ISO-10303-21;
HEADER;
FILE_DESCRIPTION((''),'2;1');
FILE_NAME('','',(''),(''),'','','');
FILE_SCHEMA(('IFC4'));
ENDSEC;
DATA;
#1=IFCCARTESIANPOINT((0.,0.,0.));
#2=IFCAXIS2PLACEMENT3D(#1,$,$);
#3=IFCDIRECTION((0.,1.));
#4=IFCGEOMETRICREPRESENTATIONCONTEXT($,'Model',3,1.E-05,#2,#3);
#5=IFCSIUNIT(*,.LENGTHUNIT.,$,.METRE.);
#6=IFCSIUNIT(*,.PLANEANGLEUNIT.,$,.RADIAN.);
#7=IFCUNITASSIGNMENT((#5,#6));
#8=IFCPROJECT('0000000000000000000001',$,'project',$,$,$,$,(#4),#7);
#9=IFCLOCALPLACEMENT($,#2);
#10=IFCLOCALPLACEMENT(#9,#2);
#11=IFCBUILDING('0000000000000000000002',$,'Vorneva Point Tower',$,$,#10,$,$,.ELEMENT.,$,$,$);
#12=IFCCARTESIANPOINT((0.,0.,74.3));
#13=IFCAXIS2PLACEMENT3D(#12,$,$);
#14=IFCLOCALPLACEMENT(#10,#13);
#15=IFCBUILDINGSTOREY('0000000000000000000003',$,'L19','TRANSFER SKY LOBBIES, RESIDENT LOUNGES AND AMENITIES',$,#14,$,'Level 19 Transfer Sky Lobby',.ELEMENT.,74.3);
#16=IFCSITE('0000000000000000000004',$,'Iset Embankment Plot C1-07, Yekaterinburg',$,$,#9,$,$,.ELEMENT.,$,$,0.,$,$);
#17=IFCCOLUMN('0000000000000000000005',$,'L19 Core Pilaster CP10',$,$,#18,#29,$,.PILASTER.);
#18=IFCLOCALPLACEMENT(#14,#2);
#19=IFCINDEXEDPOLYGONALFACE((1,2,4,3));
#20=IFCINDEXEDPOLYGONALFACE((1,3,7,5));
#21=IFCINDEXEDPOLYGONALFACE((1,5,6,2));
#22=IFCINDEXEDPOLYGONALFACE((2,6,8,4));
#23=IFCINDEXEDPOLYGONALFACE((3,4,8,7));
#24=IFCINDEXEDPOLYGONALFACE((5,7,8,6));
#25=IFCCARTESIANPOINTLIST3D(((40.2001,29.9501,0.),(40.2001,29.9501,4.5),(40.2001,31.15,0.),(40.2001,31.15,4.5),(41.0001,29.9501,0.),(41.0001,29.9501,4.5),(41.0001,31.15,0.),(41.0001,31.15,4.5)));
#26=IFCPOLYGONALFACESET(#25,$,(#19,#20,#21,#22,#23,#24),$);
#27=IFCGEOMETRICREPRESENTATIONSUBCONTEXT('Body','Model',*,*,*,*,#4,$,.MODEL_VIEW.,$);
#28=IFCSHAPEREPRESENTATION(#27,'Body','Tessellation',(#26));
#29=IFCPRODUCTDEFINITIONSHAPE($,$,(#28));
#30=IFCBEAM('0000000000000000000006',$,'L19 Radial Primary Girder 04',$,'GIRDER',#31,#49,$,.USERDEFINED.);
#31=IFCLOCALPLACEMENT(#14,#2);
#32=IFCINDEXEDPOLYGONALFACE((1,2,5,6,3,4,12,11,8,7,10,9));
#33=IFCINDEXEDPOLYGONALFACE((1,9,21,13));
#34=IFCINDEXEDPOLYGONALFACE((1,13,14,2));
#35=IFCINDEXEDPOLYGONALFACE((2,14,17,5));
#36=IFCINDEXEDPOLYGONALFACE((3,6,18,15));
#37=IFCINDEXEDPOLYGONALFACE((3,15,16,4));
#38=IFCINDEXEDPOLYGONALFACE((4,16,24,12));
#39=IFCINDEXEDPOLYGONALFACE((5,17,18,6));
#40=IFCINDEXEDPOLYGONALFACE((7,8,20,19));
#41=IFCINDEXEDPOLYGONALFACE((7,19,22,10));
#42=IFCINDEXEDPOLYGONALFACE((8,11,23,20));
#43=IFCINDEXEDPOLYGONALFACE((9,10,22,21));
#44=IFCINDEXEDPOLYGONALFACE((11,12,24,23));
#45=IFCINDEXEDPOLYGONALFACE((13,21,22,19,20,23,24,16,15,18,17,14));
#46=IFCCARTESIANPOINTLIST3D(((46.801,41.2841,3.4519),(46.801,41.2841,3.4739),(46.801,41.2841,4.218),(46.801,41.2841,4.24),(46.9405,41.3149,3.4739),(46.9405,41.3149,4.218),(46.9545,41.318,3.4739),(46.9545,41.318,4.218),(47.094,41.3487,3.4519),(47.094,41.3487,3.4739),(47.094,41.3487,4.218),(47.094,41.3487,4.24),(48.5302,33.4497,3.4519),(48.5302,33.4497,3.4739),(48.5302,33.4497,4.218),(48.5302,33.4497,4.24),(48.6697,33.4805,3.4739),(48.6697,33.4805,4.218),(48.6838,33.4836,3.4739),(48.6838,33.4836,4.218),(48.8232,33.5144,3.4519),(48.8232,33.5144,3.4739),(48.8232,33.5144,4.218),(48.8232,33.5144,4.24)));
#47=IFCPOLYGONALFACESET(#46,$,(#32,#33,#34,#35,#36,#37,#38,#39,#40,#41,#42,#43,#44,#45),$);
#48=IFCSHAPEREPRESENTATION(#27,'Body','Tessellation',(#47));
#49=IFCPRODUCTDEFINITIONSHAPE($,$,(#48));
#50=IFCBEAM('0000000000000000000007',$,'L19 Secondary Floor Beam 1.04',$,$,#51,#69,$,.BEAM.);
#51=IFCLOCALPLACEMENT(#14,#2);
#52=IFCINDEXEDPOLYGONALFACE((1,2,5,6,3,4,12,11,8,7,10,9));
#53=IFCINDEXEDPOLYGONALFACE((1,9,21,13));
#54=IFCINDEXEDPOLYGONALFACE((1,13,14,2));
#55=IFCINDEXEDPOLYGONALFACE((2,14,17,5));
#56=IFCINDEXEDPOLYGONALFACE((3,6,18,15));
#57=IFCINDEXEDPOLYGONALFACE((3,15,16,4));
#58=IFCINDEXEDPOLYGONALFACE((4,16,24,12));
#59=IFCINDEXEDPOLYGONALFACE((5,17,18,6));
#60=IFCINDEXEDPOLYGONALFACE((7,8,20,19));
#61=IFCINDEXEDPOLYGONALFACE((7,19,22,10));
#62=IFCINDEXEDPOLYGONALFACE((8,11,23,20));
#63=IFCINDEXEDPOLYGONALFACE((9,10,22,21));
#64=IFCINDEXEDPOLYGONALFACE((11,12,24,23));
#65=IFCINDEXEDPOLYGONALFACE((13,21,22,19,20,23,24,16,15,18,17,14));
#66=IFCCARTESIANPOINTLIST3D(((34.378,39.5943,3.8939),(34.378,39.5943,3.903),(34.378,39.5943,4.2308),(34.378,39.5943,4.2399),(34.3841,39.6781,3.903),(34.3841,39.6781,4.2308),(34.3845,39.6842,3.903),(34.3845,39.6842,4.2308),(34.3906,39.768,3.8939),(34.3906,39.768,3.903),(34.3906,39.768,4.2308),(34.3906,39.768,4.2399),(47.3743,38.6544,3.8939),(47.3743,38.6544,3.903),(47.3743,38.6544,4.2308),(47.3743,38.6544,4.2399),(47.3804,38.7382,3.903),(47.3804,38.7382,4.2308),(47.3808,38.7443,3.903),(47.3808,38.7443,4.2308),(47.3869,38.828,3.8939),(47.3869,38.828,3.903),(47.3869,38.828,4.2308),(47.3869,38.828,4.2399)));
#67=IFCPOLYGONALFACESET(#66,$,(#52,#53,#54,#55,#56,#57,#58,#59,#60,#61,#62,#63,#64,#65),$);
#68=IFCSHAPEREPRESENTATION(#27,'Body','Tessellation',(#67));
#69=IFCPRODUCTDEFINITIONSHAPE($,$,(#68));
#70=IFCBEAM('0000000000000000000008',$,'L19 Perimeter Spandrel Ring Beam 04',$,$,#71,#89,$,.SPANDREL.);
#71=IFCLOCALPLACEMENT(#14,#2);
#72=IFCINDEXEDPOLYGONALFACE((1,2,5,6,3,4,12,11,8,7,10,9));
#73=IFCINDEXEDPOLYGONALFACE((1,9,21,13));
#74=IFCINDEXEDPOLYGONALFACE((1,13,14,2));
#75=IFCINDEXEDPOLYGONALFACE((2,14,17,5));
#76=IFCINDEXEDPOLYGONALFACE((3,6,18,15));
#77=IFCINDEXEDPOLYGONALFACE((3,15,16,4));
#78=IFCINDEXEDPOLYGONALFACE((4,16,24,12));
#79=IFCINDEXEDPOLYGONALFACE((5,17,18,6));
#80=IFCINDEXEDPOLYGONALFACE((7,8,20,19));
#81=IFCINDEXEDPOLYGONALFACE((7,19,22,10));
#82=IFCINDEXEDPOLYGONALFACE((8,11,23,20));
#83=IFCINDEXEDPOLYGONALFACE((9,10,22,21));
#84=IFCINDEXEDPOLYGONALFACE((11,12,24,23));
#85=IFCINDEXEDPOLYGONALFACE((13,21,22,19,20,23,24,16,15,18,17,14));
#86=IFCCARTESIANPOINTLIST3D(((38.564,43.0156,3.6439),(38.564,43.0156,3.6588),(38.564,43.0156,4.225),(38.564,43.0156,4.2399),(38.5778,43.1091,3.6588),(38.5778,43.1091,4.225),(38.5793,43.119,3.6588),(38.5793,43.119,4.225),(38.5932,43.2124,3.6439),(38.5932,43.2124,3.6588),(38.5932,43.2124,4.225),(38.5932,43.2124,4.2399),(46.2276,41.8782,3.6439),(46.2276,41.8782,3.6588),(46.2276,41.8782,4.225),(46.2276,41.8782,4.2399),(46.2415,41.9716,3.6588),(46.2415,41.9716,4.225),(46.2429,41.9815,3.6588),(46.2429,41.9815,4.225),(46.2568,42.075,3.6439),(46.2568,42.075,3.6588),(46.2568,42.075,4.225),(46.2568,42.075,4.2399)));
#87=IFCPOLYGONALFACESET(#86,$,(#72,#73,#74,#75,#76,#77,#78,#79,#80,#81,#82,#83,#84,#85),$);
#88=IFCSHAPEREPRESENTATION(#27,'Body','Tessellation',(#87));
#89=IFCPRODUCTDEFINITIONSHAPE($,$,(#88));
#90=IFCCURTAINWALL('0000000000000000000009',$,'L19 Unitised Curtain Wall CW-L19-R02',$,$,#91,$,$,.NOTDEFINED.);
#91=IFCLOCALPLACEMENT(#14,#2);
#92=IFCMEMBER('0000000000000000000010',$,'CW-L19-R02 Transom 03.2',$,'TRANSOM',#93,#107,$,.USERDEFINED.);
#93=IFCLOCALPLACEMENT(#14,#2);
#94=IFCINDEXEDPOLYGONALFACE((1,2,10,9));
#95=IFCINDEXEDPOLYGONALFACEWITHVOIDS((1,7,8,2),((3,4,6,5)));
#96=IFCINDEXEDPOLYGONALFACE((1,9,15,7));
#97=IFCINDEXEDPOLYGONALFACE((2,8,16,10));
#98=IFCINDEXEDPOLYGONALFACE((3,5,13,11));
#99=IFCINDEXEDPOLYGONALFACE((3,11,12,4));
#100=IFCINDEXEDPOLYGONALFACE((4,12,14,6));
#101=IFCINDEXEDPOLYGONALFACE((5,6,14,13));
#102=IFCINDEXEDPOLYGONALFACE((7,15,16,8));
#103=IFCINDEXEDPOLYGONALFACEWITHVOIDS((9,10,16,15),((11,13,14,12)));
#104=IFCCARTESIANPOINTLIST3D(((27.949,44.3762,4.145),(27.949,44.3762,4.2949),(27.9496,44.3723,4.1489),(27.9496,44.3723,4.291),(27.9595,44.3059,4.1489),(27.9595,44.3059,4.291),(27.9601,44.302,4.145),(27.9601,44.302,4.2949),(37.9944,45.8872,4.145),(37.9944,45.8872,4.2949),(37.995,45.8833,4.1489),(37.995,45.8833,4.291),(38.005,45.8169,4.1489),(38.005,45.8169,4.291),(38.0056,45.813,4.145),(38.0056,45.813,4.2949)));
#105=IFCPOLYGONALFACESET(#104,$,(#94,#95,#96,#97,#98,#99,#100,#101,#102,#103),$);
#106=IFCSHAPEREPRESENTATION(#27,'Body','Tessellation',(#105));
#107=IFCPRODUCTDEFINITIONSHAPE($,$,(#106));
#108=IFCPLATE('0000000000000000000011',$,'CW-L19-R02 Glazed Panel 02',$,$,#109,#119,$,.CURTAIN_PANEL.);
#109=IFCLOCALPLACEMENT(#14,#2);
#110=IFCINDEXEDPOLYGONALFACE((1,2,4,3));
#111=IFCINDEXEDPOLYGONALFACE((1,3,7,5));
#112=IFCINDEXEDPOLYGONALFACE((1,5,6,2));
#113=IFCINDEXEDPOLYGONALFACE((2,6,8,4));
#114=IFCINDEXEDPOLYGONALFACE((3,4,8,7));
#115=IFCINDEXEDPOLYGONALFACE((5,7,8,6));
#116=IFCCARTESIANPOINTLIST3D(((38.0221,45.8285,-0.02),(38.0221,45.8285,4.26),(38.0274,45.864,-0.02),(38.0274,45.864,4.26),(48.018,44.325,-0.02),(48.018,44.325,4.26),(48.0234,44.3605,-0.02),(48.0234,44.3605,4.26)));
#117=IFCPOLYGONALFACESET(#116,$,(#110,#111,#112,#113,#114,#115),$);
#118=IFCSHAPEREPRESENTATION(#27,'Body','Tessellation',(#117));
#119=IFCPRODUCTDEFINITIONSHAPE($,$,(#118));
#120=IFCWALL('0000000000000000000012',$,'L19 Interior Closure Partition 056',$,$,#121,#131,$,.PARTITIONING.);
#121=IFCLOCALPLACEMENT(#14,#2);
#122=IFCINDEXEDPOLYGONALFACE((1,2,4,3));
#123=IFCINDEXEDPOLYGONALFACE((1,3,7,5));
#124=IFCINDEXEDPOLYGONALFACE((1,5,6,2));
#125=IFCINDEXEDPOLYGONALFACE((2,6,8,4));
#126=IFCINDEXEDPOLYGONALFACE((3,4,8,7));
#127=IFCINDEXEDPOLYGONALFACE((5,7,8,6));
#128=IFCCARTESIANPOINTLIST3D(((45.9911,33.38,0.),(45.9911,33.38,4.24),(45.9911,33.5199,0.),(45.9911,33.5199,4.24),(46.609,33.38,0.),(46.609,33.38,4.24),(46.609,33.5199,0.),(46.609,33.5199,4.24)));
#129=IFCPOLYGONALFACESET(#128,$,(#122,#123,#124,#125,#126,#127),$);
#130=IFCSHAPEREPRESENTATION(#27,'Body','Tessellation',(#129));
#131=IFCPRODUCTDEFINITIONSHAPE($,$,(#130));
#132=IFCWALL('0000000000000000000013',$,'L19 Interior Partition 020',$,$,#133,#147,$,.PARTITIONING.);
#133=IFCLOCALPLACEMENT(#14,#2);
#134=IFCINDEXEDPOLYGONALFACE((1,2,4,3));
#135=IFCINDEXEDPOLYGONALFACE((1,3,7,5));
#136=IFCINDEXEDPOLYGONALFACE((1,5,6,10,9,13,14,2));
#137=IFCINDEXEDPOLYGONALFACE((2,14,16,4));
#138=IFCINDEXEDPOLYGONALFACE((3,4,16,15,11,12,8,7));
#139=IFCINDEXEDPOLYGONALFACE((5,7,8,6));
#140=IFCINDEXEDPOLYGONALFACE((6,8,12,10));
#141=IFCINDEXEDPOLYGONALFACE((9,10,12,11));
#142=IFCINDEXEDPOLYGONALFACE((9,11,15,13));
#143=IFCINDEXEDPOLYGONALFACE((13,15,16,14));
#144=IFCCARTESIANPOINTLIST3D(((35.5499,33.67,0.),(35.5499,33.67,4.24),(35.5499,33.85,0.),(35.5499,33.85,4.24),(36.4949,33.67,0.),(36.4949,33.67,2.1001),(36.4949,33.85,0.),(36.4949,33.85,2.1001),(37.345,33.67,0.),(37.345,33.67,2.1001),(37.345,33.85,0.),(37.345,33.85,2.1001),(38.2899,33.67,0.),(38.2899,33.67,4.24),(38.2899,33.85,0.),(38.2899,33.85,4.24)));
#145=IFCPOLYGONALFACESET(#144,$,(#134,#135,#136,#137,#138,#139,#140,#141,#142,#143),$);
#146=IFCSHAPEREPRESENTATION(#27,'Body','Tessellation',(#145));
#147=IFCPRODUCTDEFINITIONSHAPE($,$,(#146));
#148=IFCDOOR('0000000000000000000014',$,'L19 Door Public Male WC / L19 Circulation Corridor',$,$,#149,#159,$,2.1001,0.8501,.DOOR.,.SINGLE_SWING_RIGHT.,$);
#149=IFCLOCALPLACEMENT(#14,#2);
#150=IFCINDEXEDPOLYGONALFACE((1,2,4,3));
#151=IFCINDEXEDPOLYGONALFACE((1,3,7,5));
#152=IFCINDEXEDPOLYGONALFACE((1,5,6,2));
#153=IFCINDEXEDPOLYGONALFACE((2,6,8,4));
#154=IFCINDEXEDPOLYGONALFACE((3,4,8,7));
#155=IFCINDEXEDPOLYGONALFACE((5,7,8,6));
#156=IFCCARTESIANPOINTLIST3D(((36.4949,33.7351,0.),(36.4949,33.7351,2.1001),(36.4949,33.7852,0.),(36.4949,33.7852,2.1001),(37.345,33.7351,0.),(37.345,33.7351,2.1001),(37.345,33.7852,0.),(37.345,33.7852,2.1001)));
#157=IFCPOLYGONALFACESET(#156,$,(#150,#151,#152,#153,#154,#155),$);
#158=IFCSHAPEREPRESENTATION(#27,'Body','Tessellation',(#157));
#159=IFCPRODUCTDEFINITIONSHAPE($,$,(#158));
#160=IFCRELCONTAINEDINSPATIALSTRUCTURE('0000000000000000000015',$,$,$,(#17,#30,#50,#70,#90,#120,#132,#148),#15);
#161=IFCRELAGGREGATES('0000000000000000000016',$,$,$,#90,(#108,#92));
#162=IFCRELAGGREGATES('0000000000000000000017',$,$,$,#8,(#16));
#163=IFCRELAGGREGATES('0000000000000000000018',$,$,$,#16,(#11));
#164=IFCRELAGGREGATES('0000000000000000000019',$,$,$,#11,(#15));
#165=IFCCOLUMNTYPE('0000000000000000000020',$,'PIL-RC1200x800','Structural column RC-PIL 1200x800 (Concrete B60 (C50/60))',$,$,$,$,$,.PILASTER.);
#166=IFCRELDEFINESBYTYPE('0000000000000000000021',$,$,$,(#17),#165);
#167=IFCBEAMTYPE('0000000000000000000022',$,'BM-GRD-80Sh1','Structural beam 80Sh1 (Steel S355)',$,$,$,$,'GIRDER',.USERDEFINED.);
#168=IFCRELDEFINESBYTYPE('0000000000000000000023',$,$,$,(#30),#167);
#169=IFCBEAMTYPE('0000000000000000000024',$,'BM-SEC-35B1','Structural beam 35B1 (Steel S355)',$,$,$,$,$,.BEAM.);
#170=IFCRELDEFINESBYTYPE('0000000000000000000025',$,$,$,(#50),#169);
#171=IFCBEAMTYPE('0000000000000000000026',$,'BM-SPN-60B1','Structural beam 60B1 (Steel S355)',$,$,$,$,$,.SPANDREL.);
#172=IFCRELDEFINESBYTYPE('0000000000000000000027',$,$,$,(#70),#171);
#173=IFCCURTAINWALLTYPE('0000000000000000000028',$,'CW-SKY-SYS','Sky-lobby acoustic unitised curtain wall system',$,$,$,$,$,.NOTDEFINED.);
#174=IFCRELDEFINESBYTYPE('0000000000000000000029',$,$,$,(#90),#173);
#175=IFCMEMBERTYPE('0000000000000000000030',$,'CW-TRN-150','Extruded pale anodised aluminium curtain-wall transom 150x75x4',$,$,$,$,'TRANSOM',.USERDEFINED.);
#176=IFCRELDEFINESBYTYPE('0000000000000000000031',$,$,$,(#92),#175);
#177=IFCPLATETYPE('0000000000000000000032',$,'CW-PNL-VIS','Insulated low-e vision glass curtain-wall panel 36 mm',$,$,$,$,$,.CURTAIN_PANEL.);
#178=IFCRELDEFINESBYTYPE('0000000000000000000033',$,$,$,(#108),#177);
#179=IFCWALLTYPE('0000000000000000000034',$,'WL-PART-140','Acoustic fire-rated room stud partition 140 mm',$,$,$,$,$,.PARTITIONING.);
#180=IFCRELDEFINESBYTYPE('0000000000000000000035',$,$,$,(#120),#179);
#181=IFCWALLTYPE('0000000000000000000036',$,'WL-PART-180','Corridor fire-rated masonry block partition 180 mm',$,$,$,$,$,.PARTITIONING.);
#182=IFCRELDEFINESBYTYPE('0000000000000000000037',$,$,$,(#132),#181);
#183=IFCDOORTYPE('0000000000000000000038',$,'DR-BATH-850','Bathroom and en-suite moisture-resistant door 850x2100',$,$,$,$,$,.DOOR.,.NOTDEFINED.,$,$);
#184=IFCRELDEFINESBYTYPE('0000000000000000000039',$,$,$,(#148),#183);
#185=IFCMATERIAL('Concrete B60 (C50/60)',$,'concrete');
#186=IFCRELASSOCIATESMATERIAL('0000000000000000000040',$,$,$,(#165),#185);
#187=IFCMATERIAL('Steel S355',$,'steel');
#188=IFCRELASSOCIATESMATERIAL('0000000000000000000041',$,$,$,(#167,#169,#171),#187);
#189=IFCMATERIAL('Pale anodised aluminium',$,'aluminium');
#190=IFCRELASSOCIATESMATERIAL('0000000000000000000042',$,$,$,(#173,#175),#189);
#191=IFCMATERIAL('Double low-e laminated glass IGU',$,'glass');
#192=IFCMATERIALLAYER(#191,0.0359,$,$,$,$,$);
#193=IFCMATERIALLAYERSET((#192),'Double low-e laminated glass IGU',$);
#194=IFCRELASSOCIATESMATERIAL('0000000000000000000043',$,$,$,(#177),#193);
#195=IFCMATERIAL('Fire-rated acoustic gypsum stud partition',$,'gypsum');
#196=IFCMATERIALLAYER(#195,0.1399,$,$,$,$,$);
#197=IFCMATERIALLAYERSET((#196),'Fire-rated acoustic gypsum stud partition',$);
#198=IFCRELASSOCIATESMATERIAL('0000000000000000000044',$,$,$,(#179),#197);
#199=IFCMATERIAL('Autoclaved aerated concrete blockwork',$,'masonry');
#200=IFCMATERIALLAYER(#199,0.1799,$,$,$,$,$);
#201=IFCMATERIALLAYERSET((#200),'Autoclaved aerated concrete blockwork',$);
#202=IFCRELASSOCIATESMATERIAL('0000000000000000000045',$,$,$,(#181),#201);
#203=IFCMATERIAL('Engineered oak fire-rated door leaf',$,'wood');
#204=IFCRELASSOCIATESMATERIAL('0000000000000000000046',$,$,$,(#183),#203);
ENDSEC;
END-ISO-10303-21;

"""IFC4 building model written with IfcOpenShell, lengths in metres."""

from ifc_helpers import new_model, si_unit, direction, frame, frame_2d, origin, origin_2d, place, context, subcontext, project, spatial, rectangle, hollow_rectangle, i_section, extrude, material, layer, layer_set, material_profile, profile_set, type_object, element, fill, aggregate, save


model = new_model("IFC4")

# Units and contexts
model_context = context("Model", 3, precision=1e-05, world=origin(), true_north=direction((0.0, 1.0)))
body_context = subcontext(model_context, "Body", "Model", "MODEL_VIEW")
ifc_project = project(units=[si_unit("LENGTHUNIT", "METRE"), si_unit("PLANEANGLEUNIT", "RADIAN")], contexts=[model_context])

# Site, building, storey
site_placement = place(None, origin())
site = spatial("IfcSite", under=ifc_project, at=site_placement, Name="Iset Embankment Plot C1-07, Yekaterinburg", CompositionType="ELEMENT", RefElevation=0.0)
building_placement = place(site_placement, origin())
building = spatial("IfcBuilding", under=site, at=building_placement, Name="Vorneva Point Tower", CompositionType="ELEMENT")
storey_placement = place(building_placement, frame((0.0, 0.0, 74.3)))
storey = spatial("IfcBuildingStorey", under=building, at=storey_placement, Name="L19", Description="TRANSFER SKY LOBBIES, RESIDENT LOUNGES AND AMENITIES", LongName="Level 19 Transfer Sky Lobby", CompositionType="ELEMENT", Elevation=74.3)

# Column
ifc_material_1 = material(Name="Concrete B60 (C50/60)", Category="concrete")
ifc_material_profile_1 = material_profile(ifc_material_1, rectangle(XDim=0.8, YDim=1.2, at=origin_2d()), Name="RC-PIL 1200x800")
ifc_profile_set_1 = profile_set([ifc_material_profile_1], Name="Concrete B60 (C50/60)")
column_type_1 = type_object("IfcColumnType", Name="PIL-RC1200x800", Description="Structural column RC-PIL 1200x800 (Concrete B60 (C50/60))", PredefinedType="PILASTER", material=ifc_profile_set_1)
column_1_placement = place(storey_placement, frame((40.6001, 30.55, 0.0), z_axis=(0.0, 0.0, 1.0), x_axis=(1.0, 0.0, 0.0)))
element("IfcColumn", 1, at=column_1_placement, inside=storey, type_object=column_type_1, Name="L19 Core Pilaster CP10", PredefinedType="PILASTER", context=body_context, shape_type="SweptSolid", body=[
    extrude(rectangle(XDim=0.8, YDim=1.2, at=origin_2d()), origin(), (0.0, 0.0, 1.0), 4.5),
])

# Beams
ifc_material_2 = material(Name="Steel S355", Category="steel")
ifc_material_profile_2 = material_profile(ifc_material_2, i_section(OverallWidth=0.3, OverallDepth=0.7881, WebThickness=0.0144, FlangeThickness=0.022, at=origin_2d()), Name="80Sh1")
ifc_profile_set_2 = profile_set([ifc_material_profile_2], Name="Steel S355")
beam_type_1 = type_object("IfcBeamType", Name="BM-GRD-80Sh1", Description="Structural beam 80Sh1 (Steel S355)", ElementType="GIRDER", PredefinedType="USERDEFINED", material=ifc_profile_set_2)
beam_1_placement = place(storey_placement, frame((46.9475, 41.3164, 3.8459), z_axis=(0.215535, -0.976496, 0.0), x_axis=(0.976496, 0.215535, 0.0)))
element("IfcBeam", 2, at=beam_1_placement, inside=storey, type_object=beam_type_1, Name="L19 Radial Primary Girder 04", ObjectType="GIRDER", PredefinedType="USERDEFINED", context=body_context, shape_type="SweptSolid", body=[
    extrude(i_section(OverallWidth=0.3, OverallDepth=0.7881, WebThickness=0.0144, FlangeThickness=0.022, at=origin_2d()), origin(), (0.0, 0.0, 1.0), 8.0229),
])
ifc_material_profile_3 = material_profile(ifc_material_2, i_section(OverallWidth=0.1741, OverallDepth=0.3459, WebThickness=0.0061, FlangeThickness=0.009, at=origin_2d()), Name="35B1")
ifc_profile_set_3 = profile_set([ifc_material_profile_3], Name="Steel S355")
beam_type_2 = type_object("IfcBeamType", Name="BM-SEC-35B1", Description="Structural beam 35B1 (Steel S355)", PredefinedType="BEAM", material=ifc_profile_set_3)
beam_2_placement = place(storey_placement, frame((47.3806, 38.7412, 4.0669), z_axis=(-0.997395, 0.072135, 0.0), x_axis=(-0.072135, -0.997395, 0.0)))
element("IfcBeam", 3, at=beam_2_placement, inside=storey, type_object=beam_type_2, Name="L19 Secondary Floor Beam 1.04", PredefinedType="BEAM", context=body_context, shape_type="SweptSolid", body=[
    extrude(i_section(OverallWidth=0.1741, OverallDepth=0.3459, WebThickness=0.0061, FlangeThickness=0.009, at=origin_2d()), origin(), (0.0, 0.0, 1.0), 13.0303),
])
ifc_material_profile_4 = material_profile(ifc_material_2, i_section(OverallWidth=0.199, OverallDepth=0.5959, WebThickness=0.01, FlangeThickness=0.0149, at=origin_2d()), Name="60B1")
ifc_profile_set_4 = profile_set([ifc_material_profile_4], Name="Steel S355")
beam_type_3 = type_object("IfcBeamType", Name="BM-SPN-60B1", Description="Structural beam 60B1 (Steel S355)", PredefinedType="SPANDREL", material=ifc_profile_set_4)
beam_3_placement = place(storey_placement, frame((46.2422, 41.9766, 3.9419), z_axis=(-0.989164, 0.146815, 0.0), x_axis=(-0.146815, -0.989164, 0.0)))
element("IfcBeam", 4, at=beam_3_placement, inside=storey, type_object=beam_type_3, Name="L19 Perimeter Spandrel Ring Beam 04", PredefinedType="SPANDREL", context=body_context, shape_type="SweptSolid", body=[
    extrude(i_section(OverallWidth=0.199, OverallDepth=0.5959, WebThickness=0.01, FlangeThickness=0.0149, at=origin_2d()), origin(), (0.0, 0.0, 1.0), 7.7476),
])

# Curtain wall, member, plate
ifc_material_3 = material(Name="Pale anodised aluminium", Category="aluminium")
curtain_wall_type = type_object("IfcCurtainWallType", Name="CW-SKY-SYS", Description="Sky-lobby acoustic unitised curtain wall system", PredefinedType="NOTDEFINED", material=ifc_material_3)
curtain_wall_placement = place(storey_placement, origin())
curtain_wall = element("IfcCurtainWall", 5, at=curtain_wall_placement, inside=storey, type_object=curtain_wall_type, Name="L19 Unitised Curtain Wall CW-L19-R02", PredefinedType="NOTDEFINED")
ifc_material_profile_5 = material_profile(ifc_material_3, hollow_rectangle(XDim=0.075, YDim=0.1499, WallThickness=0.0039, at=origin_2d()), Name="AL-TRN 150x75x4")
ifc_profile_set_5 = profile_set([ifc_material_profile_5], Name="Pale anodised aluminium")
member_type = type_object("IfcMemberType", Name="CW-TRN-150", Description="Extruded pale anodised aluminium curtain-wall transom 150x75x4", ElementType="TRANSOM", PredefinedType="USERDEFINED", material=ifc_profile_set_5)
member_placement = place(storey_placement, frame((38.0, 45.8501, 4.22), z_axis=(-0.988876, -0.148742, 0.0), x_axis=(0.148742, -0.988876, 0.0)))
member = element("IfcMember", 6, at=member_placement, type_object=member_type, Name="CW-L19-R02 Transom 03.2", ObjectType="TRANSOM", PredefinedType="USERDEFINED", context=body_context, shape_type="SweptSolid", body=[
    extrude(hollow_rectangle(XDim=0.075, YDim=0.1499, WallThickness=0.0039, at=origin_2d()), origin(), (0.0, 0.0, 1.0), 10.1584),
])
ifc_material_4 = material(Name="Double low-e laminated glass IGU", Category="glass")
ifc_layer_1 = layer(ifc_material_4, 0.0359)
ifc_layer_set_1 = layer_set([ifc_layer_1], Name="Double low-e laminated glass IGU")
plate_type = type_object("IfcPlateType", Name="CW-PNL-VIS", Description="Insulated low-e vision glass curtain-wall panel 36 mm", PredefinedType="CURTAIN_PANEL", material=ifc_layer_set_1)
plate_placement = place(storey_placement, frame((43.0227, 45.0945, -0.02), z_axis=(0.0, 0.0, 1.0), x_axis=(-0.988876, 0.148741, 0.0)))
plate = element("IfcPlate", 7, at=plate_placement, type_object=plate_type, Name="CW-L19-R02 Glazed Panel 02", PredefinedType="CURTAIN_PANEL", context=body_context, shape_type="SweptSolid", body=[
    extrude(rectangle(XDim=10.1084, YDim=0.0359, at=origin_2d()), origin(), (0.0, 0.0, 1.0), 4.28),
])
aggregate(curtain_wall, [plate, member])

# Wall
ifc_material_5 = material(Name="Fire-rated acoustic gypsum stud partition", Category="gypsum")
ifc_layer_2 = layer(ifc_material_5, 0.1399)
ifc_layer_set_2 = layer_set([ifc_layer_2], Name="Fire-rated acoustic gypsum stud partition")
wall_type_1 = type_object("IfcWallType", Name="WL-PART-140", Description="Acoustic fire-rated room stud partition 140 mm", PredefinedType="PARTITIONING", material=ifc_layer_set_2)
wall_1_placement = place(storey_placement, frame((45.991, 33.45, 0.0), z_axis=(0.0, 0.0, 1.0), x_axis=(1.0, 0.0, 0.0)))
element("IfcWall", 8, at=wall_1_placement, inside=storey, type_object=wall_type_1, Name="L19 Interior Closure Partition 056", PredefinedType="PARTITIONING", context=body_context, shape_type="SweptSolid", body=[
    extrude(rectangle(XDim=0.6179, YDim=0.1399, at=frame_2d((0.3091, 0.0))), origin(), (0.0, 0.0, 1.0), 4.24),
])

# Wall, opening, door
ifc_material_6 = material(Name="Autoclaved aerated concrete blockwork", Category="masonry")
ifc_layer_3 = layer(ifc_material_6, 0.1799)
ifc_layer_set_3 = layer_set([ifc_layer_3], Name="Autoclaved aerated concrete blockwork")
wall_type_2 = type_object("IfcWallType", Name="WL-PART-180", Description="Corridor fire-rated masonry block partition 180 mm", PredefinedType="PARTITIONING", material=ifc_layer_set_3)
wall_2_placement = place(storey_placement, frame((38.29, 33.76, 0.0), z_axis=(0.0, 0.0, 1.0), x_axis=(-1.0, 0.0, 0.0)))
wall_2 = element("IfcWall", 9, at=wall_2_placement, inside=storey, type_object=wall_type_2, Name="L19 Interior Partition 020", PredefinedType="PARTITIONING", context=body_context, shape_type="SweptSolid", body=[
    extrude(rectangle(XDim=2.74, YDim=0.1799, at=frame_2d((1.3701, 0.0))), origin(), (0.0, 0.0, 1.0), 4.24),
])
opening_1_placement = place(wall_2_placement, frame((0.9451, 0.0, 0.0)))
opening_1 = element("IfcOpeningElement", 10, at=opening_1_placement, cuts=wall_2, PredefinedType="OPENING", context=body_context, shape_type="SweptSolid", body=[
    extrude(rectangle(XDim=0.8501, YDim=2.1001, at=frame_2d((0.425, 1.05))), frame((0.0, 0.105, 0.0), z_axis=(0.0, -1.0, 0.0), x_axis=(1.0, 0.0, 0.0)), (0.0, 0.0, 1.0), 0.2097),
])
ifc_material_7 = material(Name="Engineered oak fire-rated door leaf", Category="wood")
door_type_1 = type_object("IfcDoorType", Name="DR-BATH-850", Description="Bathroom and en-suite moisture-resistant door 850x2100", OperationType="NOTDEFINED", PredefinedType="DOOR", material=ifc_material_7)
door_1_placement = place(opening_1_placement, origin())
door_1 = element("IfcDoor", 11, at=door_1_placement, inside=storey, type_object=door_type_1, Name="L19 Door Public Male WC / L19 Circulation Corridor", OperationType="SINGLE_SWING_RIGHT", OverallHeight=2.1001, OverallWidth=0.8501, PredefinedType="DOOR", context=body_context, shape_type="SweptSolid", body=[
    extrude(rectangle(XDim=0.8501, YDim=2.1001, at=frame_2d((0.425, 1.05))), frame((0.0, 0.0249, 0.0), z_axis=(0.0, -1.0, 0.0), x_axis=(1.0, 0.0, 0.0)), (0.0, 0.0, 1.0), 0.05),
])
fill(opening_1, door_1)

save(model, "model.ifc")
